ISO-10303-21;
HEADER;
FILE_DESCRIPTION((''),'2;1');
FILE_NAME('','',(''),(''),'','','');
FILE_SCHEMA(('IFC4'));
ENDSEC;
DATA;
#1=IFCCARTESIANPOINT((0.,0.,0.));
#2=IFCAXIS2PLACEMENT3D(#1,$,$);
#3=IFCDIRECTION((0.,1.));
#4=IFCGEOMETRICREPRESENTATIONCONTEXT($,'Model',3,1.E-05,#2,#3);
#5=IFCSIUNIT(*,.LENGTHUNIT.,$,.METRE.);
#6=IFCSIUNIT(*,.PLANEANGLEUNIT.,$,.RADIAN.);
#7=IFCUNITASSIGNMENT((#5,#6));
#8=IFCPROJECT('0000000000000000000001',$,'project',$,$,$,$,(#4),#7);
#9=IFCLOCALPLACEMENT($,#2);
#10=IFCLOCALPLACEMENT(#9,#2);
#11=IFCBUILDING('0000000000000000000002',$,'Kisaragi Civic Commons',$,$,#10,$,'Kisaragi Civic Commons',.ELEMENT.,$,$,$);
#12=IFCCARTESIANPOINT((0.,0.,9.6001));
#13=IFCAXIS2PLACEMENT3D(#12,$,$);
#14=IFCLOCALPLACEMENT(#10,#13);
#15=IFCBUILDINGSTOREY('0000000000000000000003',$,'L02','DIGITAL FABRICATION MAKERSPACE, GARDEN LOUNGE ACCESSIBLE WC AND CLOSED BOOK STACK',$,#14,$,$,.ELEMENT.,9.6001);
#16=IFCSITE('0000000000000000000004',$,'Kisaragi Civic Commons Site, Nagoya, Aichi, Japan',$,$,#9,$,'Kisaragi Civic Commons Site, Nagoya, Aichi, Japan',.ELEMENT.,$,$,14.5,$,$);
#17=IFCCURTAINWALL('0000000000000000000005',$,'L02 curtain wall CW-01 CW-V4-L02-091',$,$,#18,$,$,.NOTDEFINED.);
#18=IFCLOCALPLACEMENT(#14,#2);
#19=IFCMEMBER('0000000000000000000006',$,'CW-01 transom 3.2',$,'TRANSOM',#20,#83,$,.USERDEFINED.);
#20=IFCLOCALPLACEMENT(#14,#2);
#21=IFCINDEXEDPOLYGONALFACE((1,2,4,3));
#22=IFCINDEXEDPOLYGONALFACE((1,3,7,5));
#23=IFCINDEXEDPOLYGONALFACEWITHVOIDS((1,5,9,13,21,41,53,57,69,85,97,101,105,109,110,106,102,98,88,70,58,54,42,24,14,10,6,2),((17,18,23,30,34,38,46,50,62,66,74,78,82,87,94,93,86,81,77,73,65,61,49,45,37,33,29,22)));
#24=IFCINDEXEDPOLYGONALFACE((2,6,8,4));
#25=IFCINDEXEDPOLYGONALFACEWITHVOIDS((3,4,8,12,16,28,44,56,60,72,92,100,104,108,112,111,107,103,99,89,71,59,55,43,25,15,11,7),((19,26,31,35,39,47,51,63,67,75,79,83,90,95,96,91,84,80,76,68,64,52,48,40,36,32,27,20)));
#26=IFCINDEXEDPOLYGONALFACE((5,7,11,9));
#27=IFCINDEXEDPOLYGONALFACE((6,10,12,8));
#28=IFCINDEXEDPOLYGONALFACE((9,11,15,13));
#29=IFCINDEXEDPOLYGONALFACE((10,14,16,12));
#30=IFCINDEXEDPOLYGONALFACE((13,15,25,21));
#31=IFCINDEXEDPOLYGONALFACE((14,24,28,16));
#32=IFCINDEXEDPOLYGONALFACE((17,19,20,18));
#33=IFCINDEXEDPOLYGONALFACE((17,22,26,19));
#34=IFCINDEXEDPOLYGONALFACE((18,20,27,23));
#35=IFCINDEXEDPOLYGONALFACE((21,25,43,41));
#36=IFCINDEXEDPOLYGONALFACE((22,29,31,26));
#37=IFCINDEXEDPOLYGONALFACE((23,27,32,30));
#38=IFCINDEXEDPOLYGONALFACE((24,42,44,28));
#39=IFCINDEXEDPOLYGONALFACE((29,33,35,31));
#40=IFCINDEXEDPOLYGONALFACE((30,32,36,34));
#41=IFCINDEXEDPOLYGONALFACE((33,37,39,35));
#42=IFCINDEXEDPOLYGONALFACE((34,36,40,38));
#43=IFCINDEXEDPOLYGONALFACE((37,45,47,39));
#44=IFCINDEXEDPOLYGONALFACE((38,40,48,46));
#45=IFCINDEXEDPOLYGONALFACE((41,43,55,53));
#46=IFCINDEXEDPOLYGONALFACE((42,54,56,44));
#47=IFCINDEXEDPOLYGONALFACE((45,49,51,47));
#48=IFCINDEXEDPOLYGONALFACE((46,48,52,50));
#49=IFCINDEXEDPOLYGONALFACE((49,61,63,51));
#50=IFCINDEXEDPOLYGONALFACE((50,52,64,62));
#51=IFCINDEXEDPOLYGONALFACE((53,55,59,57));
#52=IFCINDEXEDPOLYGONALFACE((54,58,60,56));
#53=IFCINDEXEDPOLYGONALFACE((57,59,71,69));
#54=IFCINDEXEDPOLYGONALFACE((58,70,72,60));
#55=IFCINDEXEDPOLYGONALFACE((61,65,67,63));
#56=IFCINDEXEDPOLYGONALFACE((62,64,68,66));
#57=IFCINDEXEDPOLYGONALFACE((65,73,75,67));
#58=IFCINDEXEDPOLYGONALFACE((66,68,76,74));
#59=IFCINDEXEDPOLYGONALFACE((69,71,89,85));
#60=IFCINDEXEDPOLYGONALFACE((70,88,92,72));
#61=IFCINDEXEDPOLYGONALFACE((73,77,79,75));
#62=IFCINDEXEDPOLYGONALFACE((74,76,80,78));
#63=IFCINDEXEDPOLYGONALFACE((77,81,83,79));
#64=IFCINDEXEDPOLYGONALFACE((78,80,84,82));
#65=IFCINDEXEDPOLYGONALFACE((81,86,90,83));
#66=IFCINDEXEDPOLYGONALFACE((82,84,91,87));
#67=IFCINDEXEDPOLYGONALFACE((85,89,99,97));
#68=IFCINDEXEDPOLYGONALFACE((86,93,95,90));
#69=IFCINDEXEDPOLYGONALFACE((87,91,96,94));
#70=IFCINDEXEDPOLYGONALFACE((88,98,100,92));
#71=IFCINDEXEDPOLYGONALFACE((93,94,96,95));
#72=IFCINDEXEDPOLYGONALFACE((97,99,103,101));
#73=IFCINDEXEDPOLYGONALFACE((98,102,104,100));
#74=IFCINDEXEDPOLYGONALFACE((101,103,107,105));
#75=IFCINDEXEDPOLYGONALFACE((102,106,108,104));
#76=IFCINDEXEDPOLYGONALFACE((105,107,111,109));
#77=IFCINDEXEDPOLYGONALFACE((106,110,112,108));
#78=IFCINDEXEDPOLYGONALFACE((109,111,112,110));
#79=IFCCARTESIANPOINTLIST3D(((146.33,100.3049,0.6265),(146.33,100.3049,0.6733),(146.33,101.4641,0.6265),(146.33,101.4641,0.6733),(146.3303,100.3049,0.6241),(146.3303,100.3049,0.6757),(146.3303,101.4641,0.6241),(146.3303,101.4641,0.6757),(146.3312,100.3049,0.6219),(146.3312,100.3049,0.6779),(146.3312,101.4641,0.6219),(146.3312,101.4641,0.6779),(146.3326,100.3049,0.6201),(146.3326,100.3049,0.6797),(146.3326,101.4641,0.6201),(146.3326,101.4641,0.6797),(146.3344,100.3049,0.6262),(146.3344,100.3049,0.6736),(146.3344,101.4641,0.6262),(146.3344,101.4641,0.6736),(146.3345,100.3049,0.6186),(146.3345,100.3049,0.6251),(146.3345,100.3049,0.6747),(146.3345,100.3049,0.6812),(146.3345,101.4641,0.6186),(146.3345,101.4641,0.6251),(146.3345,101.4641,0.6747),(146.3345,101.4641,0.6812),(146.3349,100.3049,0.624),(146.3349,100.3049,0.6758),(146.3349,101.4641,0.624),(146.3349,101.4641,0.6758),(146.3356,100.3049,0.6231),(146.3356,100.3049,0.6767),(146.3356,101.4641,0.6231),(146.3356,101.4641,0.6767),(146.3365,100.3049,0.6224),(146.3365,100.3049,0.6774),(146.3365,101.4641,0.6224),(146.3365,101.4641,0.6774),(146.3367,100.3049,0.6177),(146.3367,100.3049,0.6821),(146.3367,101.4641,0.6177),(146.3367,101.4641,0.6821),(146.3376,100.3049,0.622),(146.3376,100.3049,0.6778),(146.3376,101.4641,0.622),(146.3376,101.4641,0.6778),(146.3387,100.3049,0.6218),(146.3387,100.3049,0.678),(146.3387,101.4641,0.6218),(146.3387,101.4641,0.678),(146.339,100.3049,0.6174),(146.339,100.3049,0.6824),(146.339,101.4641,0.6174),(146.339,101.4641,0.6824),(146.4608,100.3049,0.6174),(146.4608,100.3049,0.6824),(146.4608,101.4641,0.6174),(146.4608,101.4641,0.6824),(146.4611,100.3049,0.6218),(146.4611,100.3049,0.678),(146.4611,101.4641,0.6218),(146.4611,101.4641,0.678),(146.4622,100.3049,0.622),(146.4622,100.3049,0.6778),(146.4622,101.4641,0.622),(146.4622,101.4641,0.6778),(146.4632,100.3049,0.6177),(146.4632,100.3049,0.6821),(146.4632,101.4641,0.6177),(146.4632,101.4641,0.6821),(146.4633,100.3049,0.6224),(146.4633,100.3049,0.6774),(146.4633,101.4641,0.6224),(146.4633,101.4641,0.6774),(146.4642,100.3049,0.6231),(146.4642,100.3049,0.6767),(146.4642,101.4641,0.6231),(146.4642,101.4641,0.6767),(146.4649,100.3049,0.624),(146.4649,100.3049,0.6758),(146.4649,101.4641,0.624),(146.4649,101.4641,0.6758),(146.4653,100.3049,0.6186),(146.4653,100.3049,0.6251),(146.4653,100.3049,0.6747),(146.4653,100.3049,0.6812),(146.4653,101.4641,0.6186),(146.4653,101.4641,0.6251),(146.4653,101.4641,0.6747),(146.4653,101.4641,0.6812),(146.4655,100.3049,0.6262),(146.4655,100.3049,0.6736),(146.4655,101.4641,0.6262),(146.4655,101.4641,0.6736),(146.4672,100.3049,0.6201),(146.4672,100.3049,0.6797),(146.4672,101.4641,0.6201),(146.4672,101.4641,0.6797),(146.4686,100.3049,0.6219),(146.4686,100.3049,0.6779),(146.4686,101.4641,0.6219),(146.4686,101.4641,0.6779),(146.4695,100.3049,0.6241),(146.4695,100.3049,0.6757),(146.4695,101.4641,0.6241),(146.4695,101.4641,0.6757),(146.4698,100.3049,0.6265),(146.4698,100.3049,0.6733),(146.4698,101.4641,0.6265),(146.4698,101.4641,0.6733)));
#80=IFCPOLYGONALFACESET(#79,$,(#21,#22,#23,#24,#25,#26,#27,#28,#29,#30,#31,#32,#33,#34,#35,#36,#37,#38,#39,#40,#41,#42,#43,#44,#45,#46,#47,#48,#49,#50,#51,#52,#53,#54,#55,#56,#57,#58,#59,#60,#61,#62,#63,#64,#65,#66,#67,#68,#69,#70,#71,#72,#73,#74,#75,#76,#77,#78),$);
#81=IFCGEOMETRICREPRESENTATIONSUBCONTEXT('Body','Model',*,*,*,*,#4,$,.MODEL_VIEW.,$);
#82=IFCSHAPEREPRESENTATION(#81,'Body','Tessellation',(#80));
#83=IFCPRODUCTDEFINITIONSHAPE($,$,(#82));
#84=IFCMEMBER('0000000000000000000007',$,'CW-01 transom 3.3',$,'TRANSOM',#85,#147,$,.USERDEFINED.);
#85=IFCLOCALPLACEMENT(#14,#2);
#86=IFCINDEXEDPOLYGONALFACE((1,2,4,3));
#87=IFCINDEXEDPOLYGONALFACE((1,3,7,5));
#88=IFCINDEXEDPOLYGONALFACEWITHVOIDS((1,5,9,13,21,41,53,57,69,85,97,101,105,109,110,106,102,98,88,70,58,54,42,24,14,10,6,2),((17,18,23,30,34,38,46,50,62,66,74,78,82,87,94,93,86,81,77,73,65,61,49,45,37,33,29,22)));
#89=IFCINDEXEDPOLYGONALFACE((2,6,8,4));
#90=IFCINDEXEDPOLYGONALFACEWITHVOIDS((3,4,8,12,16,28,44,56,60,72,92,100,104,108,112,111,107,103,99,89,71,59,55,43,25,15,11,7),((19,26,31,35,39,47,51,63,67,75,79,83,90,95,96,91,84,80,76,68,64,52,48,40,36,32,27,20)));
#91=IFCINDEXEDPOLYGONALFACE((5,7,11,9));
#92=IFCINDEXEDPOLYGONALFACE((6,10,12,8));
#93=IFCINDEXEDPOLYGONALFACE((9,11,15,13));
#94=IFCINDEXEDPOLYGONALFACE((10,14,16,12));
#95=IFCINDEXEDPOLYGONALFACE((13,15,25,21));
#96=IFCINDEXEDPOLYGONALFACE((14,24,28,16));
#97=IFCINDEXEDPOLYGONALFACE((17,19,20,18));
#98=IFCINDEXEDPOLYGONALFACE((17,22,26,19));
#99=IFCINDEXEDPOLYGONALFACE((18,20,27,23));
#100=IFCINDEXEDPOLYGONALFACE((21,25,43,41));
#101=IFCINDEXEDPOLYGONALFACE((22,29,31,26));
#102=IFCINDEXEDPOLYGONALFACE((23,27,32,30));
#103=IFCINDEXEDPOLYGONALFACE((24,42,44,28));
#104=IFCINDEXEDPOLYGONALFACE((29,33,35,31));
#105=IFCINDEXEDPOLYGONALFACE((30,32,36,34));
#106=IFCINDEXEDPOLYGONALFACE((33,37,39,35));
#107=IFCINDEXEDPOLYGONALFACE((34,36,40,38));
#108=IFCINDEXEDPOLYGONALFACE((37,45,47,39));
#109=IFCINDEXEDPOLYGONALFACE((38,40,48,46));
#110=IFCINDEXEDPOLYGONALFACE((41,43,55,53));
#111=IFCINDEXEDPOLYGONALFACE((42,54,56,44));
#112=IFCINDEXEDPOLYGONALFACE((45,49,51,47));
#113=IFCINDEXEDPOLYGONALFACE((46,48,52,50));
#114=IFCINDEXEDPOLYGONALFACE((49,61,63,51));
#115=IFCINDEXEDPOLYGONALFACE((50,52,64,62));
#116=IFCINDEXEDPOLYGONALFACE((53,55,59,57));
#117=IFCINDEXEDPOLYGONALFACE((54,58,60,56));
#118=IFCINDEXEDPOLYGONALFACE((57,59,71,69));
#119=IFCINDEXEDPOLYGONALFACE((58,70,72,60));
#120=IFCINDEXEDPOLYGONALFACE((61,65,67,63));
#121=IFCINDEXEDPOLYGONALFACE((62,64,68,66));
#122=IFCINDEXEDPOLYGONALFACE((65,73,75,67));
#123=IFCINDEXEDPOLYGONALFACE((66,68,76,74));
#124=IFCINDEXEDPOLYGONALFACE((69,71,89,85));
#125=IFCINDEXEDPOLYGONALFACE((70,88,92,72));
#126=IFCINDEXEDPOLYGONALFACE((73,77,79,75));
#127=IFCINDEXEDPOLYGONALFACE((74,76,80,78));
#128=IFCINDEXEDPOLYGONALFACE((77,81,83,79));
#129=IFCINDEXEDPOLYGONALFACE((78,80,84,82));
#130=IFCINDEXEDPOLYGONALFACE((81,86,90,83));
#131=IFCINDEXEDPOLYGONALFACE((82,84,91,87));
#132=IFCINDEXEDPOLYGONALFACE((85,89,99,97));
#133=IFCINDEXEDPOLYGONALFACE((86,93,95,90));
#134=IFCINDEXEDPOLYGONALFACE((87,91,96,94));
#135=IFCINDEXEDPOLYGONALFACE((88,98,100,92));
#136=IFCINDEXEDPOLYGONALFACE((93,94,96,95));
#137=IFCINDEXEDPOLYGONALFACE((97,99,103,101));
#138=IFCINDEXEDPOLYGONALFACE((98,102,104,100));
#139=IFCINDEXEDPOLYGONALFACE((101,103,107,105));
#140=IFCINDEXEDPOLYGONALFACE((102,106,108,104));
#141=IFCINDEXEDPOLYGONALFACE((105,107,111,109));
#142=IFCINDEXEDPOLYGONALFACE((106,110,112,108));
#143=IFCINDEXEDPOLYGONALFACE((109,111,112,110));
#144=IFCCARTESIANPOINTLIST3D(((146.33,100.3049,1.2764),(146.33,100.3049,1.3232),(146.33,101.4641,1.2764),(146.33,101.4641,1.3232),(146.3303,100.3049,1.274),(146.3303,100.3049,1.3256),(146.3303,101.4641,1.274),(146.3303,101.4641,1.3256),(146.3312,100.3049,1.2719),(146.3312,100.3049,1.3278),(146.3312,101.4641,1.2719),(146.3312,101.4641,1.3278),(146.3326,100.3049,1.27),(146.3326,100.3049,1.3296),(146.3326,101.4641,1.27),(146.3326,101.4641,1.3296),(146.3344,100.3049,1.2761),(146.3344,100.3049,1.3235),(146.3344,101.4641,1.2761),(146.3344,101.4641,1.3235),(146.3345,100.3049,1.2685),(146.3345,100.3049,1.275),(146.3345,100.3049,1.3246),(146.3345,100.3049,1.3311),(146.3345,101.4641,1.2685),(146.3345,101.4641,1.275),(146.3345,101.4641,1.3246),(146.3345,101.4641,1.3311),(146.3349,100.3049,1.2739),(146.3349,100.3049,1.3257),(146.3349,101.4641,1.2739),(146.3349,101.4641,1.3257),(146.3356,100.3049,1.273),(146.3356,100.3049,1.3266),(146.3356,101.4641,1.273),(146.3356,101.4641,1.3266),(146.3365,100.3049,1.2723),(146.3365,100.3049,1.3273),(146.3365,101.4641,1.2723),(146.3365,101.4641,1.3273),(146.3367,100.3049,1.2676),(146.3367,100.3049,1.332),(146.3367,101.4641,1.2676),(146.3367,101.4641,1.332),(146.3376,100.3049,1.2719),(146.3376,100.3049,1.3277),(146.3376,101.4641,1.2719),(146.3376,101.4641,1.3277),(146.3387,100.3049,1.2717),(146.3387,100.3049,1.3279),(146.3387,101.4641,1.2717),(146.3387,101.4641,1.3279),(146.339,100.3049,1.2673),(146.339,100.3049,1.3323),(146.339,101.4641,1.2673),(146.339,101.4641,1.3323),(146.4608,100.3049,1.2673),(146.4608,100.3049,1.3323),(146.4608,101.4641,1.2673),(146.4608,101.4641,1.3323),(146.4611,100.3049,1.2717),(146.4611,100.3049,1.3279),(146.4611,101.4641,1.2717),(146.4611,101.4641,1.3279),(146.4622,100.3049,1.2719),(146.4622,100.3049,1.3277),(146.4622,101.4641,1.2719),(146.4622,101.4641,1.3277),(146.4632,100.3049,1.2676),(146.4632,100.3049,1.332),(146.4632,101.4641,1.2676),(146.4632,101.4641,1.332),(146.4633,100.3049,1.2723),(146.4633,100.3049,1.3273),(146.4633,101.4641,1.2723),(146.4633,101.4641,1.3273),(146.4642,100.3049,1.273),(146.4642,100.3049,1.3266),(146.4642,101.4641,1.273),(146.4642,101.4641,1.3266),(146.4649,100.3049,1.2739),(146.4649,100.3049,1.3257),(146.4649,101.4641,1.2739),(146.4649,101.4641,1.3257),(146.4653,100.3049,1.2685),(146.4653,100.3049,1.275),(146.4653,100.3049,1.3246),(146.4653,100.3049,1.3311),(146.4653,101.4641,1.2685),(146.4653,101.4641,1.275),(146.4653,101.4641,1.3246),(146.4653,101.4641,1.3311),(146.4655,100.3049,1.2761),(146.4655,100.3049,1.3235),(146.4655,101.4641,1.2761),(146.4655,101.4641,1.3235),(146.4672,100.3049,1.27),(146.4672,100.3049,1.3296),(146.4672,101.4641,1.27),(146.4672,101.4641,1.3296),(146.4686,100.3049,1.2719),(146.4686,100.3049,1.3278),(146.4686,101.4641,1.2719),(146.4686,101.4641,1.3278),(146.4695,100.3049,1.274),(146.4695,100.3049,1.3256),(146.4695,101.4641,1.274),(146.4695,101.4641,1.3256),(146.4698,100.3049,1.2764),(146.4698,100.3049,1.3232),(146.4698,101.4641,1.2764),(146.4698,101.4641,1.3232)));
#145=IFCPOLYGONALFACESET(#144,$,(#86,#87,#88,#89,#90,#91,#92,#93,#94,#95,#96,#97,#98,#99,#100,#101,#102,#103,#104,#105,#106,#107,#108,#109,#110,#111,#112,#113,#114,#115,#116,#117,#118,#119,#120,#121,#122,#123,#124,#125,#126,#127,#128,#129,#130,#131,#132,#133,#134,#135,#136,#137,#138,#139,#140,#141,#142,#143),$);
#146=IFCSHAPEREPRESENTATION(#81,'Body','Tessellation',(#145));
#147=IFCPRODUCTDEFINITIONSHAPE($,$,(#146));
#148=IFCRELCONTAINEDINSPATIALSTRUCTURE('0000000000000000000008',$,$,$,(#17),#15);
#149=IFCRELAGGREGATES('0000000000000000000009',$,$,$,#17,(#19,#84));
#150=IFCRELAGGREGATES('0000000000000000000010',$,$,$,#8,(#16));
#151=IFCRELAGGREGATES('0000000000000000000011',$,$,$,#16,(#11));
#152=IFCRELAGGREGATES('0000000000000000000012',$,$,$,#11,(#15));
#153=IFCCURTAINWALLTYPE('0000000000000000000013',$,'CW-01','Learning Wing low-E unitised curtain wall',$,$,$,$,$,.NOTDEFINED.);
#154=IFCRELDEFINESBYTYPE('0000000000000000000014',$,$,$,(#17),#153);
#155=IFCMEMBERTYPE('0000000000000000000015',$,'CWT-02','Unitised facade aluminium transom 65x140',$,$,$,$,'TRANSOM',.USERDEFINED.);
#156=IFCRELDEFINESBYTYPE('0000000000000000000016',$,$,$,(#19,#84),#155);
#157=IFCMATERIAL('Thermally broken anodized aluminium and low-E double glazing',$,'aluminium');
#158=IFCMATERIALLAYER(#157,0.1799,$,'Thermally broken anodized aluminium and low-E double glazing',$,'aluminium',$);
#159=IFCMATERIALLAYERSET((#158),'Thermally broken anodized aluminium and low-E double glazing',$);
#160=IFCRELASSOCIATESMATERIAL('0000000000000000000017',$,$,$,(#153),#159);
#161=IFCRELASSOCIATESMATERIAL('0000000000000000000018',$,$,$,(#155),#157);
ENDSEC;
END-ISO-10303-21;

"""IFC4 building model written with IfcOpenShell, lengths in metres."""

from ifc_helpers import new_model, si_unit, direction, frame, origin, origin_2d, place, context, subcontext, project, spatial, hollow_rectangle, extrude, material, layer, layer_set, material_profile, profile_set, type_object, element, aggregate, save


model = new_model("IFC4")

# Units and contexts
model_context = context("Model", 3, precision=1e-05, world=origin(), true_north=direction((0.0, 1.0)))
body_context = subcontext(model_context, "Body", "Model", "MODEL_VIEW")
ifc_project = project(units=[si_unit("LENGTHUNIT", "METRE"), si_unit("PLANEANGLEUNIT", "RADIAN")], contexts=[model_context])

# Site, building, storey
site_placement = place(None, origin())
site = spatial("IfcSite", under=ifc_project, at=site_placement, Name="Kisaragi Civic Commons Site, Nagoya, Aichi, Japan", LongName="Kisaragi Civic Commons Site, Nagoya, Aichi, Japan", CompositionType="ELEMENT", RefElevation=14.5)
building_placement = place(site_placement, origin())
building = spatial("IfcBuilding", under=site, at=building_placement, Name="Kisaragi Civic Commons", LongName="Kisaragi Civic Commons", CompositionType="ELEMENT")
storey_placement = place(building_placement, frame((0.0, 0.0, 9.6001)))
storey = spatial("IfcBuildingStorey", under=building, at=storey_placement, Name="L02", Description="DIGITAL FABRICATION MAKERSPACE, GARDEN LOUNGE ACCESSIBLE WC AND CLOSED BOOK STACK", CompositionType="ELEMENT", Elevation=9.6001)

# Curtain wall
ifc_material_1 = material(Name="Thermally broken anodized aluminium and low-E double glazing", Category="aluminium")
ifc_layer_1 = layer(ifc_material_1, 0.1799, Name="Thermally broken anodized aluminium and low-E double glazing", Category="aluminium")
ifc_layer_set_1 = layer_set([ifc_layer_1], Name="Thermally broken anodized aluminium and low-E double glazing")
curtain_wall_type = type_object("IfcCurtainWallType", Name="CW-01", Description="Learning Wing low-E unitised curtain wall", PredefinedType="NOTDEFINED", material=ifc_layer_set_1)
curtain_wall_1_placement = place(storey_placement, origin())
curtain_wall_1 = element("IfcCurtainWall", 1, at=curtain_wall_1_placement, inside=storey, type_object=curtain_wall_type, Name="L02 curtain wall CW-01 CW-V4-L02-091", PredefinedType="NOTDEFINED")

# Members
ifc_material_profile_1 = material_profile(ifc_material_1, hollow_rectangle(XDim=0.1399, YDim=0.0649, WallThickness=0.0044, InnerFilletRadius=0.0044, OuterFilletRadius=0.009, at=origin_2d()), Name="CWT-65x140x4.5", Category="aluminium")
ifc_profile_set_1 = profile_set([ifc_material_profile_1], Name="Thermally broken anodized aluminium and low-E double glazing")
member_type_1 = type_object("IfcMemberType", Name="CWT-02", Description="Unitised facade aluminium transom 65x140", ElementType="TRANSOM", PredefinedType="USERDEFINED", material=ifc_profile_set_1)
member_1_placement = place(storey_placement, frame((146.3999, 101.4641, 0.6499), z_axis=(0.0, -1.0, 0.0), x_axis=(1.0, 0.0, 0.0)))
member_1 = element("IfcMember", 2, at=member_1_placement, type_object=member_type_1, Name="CW-01 transom 3.2", ObjectType="TRANSOM", PredefinedType="USERDEFINED", context=body_context, shape_type="SweptSolid", body=[
    extrude(hollow_rectangle(XDim=0.1399, YDim=0.0649, WallThickness=0.0044, InnerFilletRadius=0.0044, OuterFilletRadius=0.009, at=origin_2d()), origin(), (0.0, 0.0, 1.0), 1.1592),
])
member_2_placement = place(storey_placement, frame((146.3999, 101.4641, 1.2998), z_axis=(0.0, -1.0, 0.0), x_axis=(1.0, 0.0, 0.0)))
member_2 = element("IfcMember", 3, at=member_2_placement, type_object=member_type_1, Name="CW-01 transom 3.3", ObjectType="TRANSOM", PredefinedType="USERDEFINED", context=body_context, shape_type="SweptSolid", body=[
    extrude(hollow_rectangle(XDim=0.1399, YDim=0.0649, WallThickness=0.0044, InnerFilletRadius=0.0044, OuterFilletRadius=0.009, at=origin_2d()), origin(), (0.0, 0.0, 1.0), 1.1592),
])

aggregate(curtain_wall_1, [member_1, member_2])

save(model, "model.ifc")
